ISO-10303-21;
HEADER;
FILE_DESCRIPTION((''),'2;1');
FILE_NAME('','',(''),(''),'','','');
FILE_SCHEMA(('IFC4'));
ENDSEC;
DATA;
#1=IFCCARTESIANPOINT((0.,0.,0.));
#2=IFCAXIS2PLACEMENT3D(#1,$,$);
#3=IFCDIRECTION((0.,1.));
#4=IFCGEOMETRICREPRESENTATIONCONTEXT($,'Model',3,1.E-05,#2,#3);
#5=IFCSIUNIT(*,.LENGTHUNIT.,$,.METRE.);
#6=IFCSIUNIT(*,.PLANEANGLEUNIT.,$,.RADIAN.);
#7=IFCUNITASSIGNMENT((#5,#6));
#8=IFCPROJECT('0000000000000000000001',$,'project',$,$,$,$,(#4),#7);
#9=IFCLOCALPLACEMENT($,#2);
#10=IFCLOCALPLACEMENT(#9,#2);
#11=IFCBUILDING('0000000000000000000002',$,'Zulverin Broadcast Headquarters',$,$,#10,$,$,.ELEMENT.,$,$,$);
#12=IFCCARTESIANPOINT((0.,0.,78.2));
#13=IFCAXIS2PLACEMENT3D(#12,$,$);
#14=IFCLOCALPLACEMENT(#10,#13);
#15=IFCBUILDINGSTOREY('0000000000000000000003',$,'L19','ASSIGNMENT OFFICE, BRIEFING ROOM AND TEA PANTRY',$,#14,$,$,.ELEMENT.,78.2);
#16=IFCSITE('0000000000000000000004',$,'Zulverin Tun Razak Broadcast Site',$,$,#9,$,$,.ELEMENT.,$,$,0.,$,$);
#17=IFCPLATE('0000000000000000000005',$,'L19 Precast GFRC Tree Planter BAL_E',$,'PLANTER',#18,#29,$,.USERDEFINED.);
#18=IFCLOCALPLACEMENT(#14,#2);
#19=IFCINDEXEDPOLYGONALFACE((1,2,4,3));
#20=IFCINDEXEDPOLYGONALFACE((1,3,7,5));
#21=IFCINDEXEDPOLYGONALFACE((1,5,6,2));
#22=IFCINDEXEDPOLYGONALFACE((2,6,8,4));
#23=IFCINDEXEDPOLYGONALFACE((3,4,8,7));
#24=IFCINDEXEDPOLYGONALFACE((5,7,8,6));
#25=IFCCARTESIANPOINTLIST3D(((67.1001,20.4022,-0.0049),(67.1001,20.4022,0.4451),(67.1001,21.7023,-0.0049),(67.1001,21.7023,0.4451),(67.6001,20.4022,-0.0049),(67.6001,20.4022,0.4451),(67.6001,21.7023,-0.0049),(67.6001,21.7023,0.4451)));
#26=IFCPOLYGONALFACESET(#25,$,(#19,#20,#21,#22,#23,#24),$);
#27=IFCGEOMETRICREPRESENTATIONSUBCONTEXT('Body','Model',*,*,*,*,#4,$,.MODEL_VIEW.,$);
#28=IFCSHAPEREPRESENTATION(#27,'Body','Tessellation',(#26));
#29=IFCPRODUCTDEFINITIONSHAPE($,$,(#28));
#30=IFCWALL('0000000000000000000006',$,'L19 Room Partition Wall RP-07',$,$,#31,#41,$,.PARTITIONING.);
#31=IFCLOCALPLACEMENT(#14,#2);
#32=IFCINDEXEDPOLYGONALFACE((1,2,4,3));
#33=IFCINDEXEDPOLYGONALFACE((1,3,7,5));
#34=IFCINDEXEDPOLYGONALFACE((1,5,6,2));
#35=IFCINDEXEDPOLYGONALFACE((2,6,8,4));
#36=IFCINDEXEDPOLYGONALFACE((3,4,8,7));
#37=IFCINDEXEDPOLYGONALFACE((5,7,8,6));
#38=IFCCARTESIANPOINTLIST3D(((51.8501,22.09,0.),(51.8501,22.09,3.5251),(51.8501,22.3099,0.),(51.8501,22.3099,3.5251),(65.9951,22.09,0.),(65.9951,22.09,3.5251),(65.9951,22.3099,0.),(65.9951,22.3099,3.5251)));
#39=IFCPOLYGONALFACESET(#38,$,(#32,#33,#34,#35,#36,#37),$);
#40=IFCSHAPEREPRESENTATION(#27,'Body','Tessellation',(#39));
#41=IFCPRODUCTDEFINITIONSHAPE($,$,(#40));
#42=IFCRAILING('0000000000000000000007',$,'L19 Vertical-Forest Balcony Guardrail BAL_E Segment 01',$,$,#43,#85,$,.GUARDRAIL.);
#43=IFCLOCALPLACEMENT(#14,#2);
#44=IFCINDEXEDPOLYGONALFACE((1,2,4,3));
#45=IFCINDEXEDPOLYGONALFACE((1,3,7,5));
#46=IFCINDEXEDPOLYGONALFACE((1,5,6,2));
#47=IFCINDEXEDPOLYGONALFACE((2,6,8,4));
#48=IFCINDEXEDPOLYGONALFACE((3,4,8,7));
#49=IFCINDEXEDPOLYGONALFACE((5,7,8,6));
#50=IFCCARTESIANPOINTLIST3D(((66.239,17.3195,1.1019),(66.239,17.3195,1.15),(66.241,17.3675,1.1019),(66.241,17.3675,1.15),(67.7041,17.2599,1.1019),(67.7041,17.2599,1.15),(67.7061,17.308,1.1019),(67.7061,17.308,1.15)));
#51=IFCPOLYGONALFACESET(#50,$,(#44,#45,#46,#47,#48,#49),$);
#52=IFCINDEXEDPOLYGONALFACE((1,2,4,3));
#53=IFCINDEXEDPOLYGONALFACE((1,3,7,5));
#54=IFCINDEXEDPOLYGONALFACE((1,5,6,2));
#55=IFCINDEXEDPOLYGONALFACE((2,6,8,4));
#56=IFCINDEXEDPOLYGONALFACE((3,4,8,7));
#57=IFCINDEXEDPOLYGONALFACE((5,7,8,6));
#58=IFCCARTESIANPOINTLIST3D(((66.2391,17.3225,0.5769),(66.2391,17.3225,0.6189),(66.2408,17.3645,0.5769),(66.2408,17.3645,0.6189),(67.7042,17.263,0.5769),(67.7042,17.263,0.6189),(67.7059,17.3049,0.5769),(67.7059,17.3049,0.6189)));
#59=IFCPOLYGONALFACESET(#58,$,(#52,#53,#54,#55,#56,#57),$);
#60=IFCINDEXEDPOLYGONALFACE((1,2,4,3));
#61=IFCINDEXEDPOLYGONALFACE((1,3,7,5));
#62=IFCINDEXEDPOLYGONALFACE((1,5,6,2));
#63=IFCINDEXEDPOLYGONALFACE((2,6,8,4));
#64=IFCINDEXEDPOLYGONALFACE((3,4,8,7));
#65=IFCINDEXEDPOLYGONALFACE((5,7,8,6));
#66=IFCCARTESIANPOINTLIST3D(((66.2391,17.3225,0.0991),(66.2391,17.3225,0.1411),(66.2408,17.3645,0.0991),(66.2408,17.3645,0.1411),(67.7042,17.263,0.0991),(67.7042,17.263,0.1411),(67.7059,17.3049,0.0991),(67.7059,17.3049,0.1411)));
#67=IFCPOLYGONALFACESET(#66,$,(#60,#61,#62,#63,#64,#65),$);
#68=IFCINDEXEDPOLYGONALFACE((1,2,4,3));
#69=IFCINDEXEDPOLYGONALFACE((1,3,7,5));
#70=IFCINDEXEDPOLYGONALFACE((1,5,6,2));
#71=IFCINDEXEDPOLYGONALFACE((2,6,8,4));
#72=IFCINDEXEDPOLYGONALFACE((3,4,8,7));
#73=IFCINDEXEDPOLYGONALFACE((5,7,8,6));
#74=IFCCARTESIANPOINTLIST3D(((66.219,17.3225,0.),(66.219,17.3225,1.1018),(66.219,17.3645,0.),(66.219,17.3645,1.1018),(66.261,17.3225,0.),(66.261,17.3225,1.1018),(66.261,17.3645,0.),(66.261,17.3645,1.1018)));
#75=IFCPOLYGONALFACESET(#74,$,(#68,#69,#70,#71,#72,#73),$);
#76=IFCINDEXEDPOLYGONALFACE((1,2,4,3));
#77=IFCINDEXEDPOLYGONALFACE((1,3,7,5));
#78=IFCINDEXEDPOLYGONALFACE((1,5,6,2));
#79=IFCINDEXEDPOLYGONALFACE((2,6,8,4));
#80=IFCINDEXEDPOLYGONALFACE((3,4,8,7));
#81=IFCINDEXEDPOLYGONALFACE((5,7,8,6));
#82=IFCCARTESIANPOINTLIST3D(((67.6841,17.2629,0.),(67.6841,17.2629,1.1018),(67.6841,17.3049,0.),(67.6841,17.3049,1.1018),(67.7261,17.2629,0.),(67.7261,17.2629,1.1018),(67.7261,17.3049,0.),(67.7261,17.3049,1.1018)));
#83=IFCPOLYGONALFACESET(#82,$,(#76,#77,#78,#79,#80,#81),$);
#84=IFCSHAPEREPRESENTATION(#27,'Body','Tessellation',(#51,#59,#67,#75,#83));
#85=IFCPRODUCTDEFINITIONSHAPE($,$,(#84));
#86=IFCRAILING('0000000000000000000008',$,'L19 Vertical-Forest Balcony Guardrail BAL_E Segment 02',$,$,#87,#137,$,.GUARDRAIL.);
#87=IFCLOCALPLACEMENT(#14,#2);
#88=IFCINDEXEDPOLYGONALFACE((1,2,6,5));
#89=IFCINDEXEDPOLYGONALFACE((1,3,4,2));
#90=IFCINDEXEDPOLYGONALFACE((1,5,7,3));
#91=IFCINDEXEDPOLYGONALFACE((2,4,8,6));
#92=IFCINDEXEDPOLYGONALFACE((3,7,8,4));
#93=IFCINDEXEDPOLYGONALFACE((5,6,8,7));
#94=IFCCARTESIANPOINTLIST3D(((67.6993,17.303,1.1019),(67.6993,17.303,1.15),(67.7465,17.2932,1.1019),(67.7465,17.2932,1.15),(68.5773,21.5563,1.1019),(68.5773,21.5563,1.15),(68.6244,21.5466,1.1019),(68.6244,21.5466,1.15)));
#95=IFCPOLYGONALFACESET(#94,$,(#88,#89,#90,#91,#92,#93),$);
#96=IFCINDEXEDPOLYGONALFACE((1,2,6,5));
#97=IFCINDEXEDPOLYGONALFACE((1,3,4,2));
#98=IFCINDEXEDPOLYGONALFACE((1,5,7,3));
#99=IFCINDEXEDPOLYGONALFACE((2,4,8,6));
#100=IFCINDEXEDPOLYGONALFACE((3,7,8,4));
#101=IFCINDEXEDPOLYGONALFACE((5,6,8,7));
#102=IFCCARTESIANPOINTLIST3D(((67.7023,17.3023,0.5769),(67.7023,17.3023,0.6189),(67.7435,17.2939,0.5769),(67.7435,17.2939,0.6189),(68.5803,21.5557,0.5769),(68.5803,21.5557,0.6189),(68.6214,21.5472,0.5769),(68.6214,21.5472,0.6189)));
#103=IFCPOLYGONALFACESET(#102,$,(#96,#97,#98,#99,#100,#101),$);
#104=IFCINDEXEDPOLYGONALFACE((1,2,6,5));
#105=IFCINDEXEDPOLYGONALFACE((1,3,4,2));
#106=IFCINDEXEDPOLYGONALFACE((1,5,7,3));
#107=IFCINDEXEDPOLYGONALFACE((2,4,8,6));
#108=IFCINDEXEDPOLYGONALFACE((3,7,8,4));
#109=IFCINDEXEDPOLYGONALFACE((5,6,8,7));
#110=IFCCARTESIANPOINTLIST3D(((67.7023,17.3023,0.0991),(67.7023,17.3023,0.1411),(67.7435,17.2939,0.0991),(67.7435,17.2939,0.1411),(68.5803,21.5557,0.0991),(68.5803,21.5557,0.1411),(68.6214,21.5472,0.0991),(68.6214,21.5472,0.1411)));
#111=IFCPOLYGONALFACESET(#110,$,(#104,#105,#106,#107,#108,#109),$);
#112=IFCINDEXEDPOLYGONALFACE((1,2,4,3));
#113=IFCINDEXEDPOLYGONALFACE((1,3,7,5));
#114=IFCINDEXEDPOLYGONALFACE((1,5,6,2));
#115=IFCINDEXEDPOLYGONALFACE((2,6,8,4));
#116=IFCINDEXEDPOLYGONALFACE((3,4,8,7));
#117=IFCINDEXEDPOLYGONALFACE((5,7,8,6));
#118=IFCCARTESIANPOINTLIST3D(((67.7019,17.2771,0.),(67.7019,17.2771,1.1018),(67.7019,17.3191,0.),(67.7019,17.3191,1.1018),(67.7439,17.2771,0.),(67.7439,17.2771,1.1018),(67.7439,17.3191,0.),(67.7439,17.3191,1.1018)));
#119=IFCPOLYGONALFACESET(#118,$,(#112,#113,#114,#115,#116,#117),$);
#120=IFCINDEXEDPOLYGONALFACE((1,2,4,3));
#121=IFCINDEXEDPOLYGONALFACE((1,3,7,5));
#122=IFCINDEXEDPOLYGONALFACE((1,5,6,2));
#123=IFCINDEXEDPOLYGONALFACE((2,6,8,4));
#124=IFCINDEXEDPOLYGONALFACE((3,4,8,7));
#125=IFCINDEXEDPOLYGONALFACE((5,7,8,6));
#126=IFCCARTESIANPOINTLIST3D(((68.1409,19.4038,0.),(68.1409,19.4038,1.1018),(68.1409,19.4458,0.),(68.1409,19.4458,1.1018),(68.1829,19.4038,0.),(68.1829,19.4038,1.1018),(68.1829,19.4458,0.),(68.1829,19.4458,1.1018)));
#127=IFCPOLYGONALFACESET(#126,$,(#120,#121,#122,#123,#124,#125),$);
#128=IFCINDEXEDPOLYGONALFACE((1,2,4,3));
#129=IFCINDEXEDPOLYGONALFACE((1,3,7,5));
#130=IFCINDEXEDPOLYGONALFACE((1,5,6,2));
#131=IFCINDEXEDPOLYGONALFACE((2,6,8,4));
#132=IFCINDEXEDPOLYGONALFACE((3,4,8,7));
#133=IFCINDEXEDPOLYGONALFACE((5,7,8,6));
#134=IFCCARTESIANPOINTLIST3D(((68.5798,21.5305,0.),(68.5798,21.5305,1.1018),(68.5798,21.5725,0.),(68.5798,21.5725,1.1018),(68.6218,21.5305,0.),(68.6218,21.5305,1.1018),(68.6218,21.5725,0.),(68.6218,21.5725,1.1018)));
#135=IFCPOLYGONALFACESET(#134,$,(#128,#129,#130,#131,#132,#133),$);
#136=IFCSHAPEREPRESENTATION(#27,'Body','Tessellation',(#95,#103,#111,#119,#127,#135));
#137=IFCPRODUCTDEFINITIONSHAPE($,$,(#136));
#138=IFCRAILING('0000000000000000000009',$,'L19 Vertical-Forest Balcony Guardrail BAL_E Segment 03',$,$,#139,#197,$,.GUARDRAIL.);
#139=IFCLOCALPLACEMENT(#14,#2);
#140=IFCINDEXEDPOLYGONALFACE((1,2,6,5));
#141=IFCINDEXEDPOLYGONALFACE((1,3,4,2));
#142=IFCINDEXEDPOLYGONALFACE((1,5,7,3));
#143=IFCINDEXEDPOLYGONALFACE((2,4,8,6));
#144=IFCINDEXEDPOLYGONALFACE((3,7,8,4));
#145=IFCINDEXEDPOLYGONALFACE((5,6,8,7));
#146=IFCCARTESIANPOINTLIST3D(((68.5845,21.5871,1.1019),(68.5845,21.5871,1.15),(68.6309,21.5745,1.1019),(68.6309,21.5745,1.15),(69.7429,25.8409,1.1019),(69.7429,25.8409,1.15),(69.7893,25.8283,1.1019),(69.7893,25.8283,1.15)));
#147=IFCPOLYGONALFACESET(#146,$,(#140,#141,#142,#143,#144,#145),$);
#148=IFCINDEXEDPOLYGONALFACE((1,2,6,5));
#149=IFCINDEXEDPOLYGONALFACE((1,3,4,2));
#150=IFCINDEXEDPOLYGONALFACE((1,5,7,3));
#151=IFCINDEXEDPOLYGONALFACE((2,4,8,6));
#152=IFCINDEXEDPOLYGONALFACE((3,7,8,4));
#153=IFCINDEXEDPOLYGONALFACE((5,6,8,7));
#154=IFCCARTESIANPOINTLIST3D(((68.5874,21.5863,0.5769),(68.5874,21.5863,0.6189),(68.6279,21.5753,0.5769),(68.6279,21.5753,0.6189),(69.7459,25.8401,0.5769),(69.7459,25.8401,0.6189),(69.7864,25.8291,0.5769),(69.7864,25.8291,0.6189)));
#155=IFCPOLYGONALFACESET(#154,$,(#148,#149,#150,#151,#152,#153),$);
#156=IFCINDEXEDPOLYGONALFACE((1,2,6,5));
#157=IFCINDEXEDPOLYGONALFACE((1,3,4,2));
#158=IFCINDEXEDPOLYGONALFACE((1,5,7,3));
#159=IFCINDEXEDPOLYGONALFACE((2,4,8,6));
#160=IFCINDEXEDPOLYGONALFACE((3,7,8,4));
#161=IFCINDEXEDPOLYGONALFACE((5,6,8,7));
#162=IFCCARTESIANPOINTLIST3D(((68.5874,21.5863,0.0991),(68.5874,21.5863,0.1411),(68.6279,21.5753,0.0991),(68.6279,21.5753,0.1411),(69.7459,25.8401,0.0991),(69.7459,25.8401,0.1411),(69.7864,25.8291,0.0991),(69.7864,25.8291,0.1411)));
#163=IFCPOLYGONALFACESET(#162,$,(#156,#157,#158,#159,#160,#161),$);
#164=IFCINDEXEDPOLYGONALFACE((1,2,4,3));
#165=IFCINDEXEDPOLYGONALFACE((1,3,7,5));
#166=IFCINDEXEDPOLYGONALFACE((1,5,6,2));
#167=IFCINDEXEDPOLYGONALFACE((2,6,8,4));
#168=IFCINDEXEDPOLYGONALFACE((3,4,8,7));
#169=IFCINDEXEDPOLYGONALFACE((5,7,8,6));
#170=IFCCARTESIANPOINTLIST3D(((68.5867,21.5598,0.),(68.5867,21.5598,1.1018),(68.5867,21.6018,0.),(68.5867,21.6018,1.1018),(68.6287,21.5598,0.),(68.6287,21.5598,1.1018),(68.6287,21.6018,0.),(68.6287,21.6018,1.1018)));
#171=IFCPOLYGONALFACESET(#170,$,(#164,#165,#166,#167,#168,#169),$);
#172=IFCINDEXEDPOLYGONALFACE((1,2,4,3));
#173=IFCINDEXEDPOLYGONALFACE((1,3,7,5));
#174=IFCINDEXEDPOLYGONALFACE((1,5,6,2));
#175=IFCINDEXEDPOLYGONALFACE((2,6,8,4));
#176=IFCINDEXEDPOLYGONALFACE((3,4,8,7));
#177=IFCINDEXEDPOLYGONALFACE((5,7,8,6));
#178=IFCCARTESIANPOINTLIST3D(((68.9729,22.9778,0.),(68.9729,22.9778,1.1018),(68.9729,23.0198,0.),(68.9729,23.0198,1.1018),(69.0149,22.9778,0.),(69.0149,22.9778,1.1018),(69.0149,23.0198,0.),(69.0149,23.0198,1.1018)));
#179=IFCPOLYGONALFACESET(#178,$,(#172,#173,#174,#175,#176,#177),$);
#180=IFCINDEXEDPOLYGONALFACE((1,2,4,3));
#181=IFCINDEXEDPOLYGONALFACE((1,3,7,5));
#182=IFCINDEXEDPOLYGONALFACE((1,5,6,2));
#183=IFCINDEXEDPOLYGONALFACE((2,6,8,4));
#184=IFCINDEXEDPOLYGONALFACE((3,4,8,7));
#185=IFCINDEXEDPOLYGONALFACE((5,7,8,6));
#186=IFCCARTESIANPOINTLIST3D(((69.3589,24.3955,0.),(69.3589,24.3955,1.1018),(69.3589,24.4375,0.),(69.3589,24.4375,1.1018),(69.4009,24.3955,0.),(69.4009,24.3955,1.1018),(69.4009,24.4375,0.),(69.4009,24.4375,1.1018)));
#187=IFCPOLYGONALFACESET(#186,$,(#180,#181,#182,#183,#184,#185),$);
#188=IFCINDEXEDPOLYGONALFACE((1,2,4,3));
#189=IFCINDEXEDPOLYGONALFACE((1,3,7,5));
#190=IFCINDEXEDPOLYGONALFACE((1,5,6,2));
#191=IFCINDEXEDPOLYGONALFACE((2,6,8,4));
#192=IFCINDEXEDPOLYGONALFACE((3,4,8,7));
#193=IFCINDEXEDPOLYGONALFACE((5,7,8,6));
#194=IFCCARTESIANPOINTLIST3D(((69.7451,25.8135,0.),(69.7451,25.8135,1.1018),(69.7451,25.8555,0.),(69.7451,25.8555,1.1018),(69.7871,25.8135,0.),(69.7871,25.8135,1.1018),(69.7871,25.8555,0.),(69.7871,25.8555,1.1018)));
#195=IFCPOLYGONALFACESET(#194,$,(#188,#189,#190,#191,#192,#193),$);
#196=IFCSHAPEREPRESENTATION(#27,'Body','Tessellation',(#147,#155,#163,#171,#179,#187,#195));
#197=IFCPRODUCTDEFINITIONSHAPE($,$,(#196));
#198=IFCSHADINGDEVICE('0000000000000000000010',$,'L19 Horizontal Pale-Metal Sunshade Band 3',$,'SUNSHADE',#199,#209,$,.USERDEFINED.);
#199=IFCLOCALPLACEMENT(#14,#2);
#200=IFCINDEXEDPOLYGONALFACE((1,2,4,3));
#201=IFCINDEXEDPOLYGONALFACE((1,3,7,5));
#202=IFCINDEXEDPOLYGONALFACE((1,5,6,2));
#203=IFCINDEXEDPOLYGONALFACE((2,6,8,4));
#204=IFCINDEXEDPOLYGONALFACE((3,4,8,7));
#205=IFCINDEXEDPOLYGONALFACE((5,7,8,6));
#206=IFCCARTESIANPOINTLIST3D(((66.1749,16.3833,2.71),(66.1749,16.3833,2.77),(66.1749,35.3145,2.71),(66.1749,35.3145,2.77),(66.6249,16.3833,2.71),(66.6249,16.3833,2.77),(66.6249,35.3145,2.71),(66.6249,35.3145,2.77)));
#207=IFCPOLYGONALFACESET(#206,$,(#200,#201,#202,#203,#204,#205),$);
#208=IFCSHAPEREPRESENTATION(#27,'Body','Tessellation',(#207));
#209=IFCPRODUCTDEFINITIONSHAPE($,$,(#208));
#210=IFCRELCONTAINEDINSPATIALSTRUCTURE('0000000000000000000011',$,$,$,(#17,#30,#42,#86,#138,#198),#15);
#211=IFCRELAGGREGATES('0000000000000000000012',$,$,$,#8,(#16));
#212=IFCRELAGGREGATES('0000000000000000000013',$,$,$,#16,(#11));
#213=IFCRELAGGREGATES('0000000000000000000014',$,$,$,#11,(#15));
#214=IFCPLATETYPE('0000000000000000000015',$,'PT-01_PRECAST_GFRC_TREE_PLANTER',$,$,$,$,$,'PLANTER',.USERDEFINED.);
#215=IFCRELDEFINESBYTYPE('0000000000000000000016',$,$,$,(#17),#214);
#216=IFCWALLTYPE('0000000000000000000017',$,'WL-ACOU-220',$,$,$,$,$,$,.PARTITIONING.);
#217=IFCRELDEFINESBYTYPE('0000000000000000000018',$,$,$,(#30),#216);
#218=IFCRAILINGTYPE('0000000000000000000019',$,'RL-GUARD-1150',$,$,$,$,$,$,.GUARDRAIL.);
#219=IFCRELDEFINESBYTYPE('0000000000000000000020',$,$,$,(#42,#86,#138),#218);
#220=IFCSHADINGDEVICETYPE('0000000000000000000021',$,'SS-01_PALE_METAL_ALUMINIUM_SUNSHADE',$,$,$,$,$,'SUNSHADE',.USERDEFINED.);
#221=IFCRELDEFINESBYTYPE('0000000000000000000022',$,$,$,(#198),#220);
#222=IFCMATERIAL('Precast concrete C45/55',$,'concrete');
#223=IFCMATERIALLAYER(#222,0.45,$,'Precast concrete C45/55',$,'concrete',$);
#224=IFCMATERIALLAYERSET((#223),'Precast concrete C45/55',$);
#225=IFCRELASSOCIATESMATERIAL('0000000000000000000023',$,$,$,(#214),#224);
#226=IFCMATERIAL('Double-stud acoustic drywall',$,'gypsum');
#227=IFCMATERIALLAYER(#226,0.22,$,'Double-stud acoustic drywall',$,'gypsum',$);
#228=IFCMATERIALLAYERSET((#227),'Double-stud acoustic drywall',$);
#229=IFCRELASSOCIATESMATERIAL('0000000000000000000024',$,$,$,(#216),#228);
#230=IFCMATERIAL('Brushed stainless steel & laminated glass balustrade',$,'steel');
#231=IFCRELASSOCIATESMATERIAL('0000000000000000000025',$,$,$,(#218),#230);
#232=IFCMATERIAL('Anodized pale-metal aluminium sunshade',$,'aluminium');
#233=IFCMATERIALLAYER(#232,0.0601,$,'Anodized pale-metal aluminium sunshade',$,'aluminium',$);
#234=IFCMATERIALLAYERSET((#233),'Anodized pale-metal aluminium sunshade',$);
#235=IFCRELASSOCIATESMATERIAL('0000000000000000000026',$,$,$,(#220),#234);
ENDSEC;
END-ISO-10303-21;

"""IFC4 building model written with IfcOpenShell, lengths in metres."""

from ifc_helpers import new_model, si_unit, direction, frame, frame_2d, origin, origin_2d, place, context, subcontext, project, spatial, rectangle, extrude, material, layer, layer_set, type_object, element, save


model = new_model("IFC4")

# Units and contexts
model_context = context("Model", 3, precision=1e-05, world=origin(), true_north=direction((0.0, 1.0)))
body_context = subcontext(model_context, "Body", "Model", "MODEL_VIEW")
ifc_project = project(units=[si_unit("LENGTHUNIT", "METRE"), si_unit("PLANEANGLEUNIT", "RADIAN")], contexts=[model_context])

# Site, building, storey
site_placement = place(None, origin())
site = spatial("IfcSite", under=ifc_project, at=site_placement, Name="Zulverin Tun Razak Broadcast Site", CompositionType="ELEMENT", RefElevation=0.0)
building_placement = place(site_placement, origin())
building = spatial("IfcBuilding", under=site, at=building_placement, Name="Zulverin Broadcast Headquarters", CompositionType="ELEMENT")
storey_placement = place(building_placement, frame((0.0, 0.0, 78.2)))
storey = spatial("IfcBuildingStorey", under=building, at=storey_placement, Name="L19", Description="ASSIGNMENT OFFICE, BRIEFING ROOM AND TEA PANTRY", CompositionType="ELEMENT", Elevation=78.2)

# Plate
ifc_material_1 = material(Name="Precast concrete C45/55", Category="concrete")
ifc_layer_1 = layer(ifc_material_1, 0.45, Name="Precast concrete C45/55", Category="concrete")
ifc_layer_set_1 = layer_set([ifc_layer_1], Name="Precast concrete C45/55")
plate_type = type_object("IfcPlateType", Name="PT-01_PRECAST_GFRC_TREE_PLANTER", ElementType="PLANTER", PredefinedType="USERDEFINED", material=ifc_layer_set_1)
plate_placement = place(storey_placement, frame((67.3501, 21.0522, -0.0049), z_axis=(0.0, 0.0, 1.0), x_axis=(0.0, 1.0, 0.0)))
element("IfcPlate", 1, at=plate_placement, inside=storey, type_object=plate_type, Name="L19 Precast GFRC Tree Planter BAL_E", ObjectType="PLANTER", PredefinedType="USERDEFINED", context=body_context, shape_type="SweptSolid", body=[
    extrude(rectangle(XDim=1.3, YDim=0.5, at=origin_2d()), origin(), (0.0, 0.0, 1.0), 0.45),
])

# Wall
ifc_material_2 = material(Name="Double-stud acoustic drywall", Category="gypsum")
ifc_layer_2 = layer(ifc_material_2, 0.22, Name="Double-stud acoustic drywall", Category="gypsum")
ifc_layer_set_2 = layer_set([ifc_layer_2], Name="Double-stud acoustic drywall")
wall_type_1 = type_object("IfcWallType", Name="WL-ACOU-220", PredefinedType="PARTITIONING", material=ifc_layer_set_2)
wall_1_placement = place(storey_placement, frame((51.8501, 22.2, 0.0), z_axis=(0.0, 0.0, 1.0), x_axis=(1.0, 0.0, 0.0)))
element("IfcWall", 2, at=wall_1_placement, inside=storey, type_object=wall_type_1, Name="L19 Room Partition Wall RP-07", PredefinedType="PARTITIONING", context=body_context, shape_type="SweptSolid", body=[
    extrude(rectangle(XDim=14.145, YDim=0.22, at=frame_2d((7.0725, 0.0))), origin(), (0.0, 0.0, 1.0), 3.5251),
])

# Railings
ifc_material_3 = material(Name="Brushed stainless steel & laminated glass balustrade", Category="steel")
railing_type = type_object("IfcRailingType", Name="RL-GUARD-1150", PredefinedType="GUARDRAIL", material=ifc_material_3)
railing_1_placement = place(storey_placement, frame((66.24, 17.3435, 0.0)))
element("IfcRailing", 3, at=railing_1_placement, inside=storey, type_object=railing_type, Name="L19 Vertical-Forest Balcony Guardrail BAL_E Segment 01", PredefinedType="GUARDRAIL", context=body_context, shape_type="SweptSolid", body=[
    extrude(rectangle(XDim=0.0481, YDim=0.0481, at=origin_2d()), frame((0.0, 0.0, 1.126), z_axis=(0.999174, -0.040626, 0.0), x_axis=(0.040626, 0.999174, 0.0)), (0.0, 0.0, 1.0), 1.4663),
    extrude(rectangle(XDim=0.042, YDim=0.042, at=origin_2d()), frame((0.0, 0.0, 0.5979), z_axis=(0.999174, -0.040626, 0.0), x_axis=(0.040626, 0.999174, 0.0)), (0.0, 0.0, 1.0), 1.4663),
    extrude(rectangle(XDim=0.042, YDim=0.042, at=origin_2d()), frame((0.0, 0.0, 0.1201), z_axis=(0.999174, -0.040626, 0.0), x_axis=(0.040626, 0.999174, 0.0)), (0.0, 0.0, 1.0), 1.4663),
    extrude(rectangle(XDim=0.042, YDim=0.042, at=origin_2d()), origin(), (0.0, 0.0, 1.0), 1.1018),
    extrude(rectangle(XDim=0.042, YDim=0.042, at=origin_2d()), frame((1.4651, -0.0596, 0.0)), (0.0, 0.0, 1.0), 1.1018),
])
railing_2_placement = place(storey_placement, frame((67.7229, 17.2981, 0.0)))
element("IfcRailing", 4, at=railing_2_placement, inside=storey, type_object=railing_type, Name="L19 Vertical-Forest Balcony Guardrail BAL_E Segment 02", PredefinedType="GUARDRAIL", context=body_context, shape_type="SweptSolid", body=[
    extrude(rectangle(XDim=0.0481, YDim=0.0481, at=origin_2d()), frame((0.0, 0.0, 1.126), z_axis=(0.202145, 0.979356, 0.0), x_axis=(-0.979356, 0.202145, 0.0)), (0.0, 0.0, 1.0), 4.343),
    extrude(rectangle(XDim=0.042, YDim=0.042, at=origin_2d()), frame((0.0, 0.0, 0.5979), z_axis=(0.202145, 0.979356, 0.0), x_axis=(-0.979356, 0.202145, 0.0)), (0.0, 0.0, 1.0), 4.343),
    extrude(rectangle(XDim=0.042, YDim=0.042, at=origin_2d()), frame((0.0, 0.0, 0.1201), z_axis=(0.202145, 0.979356, 0.0), x_axis=(-0.979356, 0.202145, 0.0)), (0.0, 0.0, 1.0), 4.343),
    extrude(rectangle(XDim=0.042, YDim=0.042, at=origin_2d()), origin(), (0.0, 0.0, 1.0), 1.1018),
    extrude(rectangle(XDim=0.042, YDim=0.042, at=origin_2d()), frame((0.439, 2.1267, 0.0)), (0.0, 0.0, 1.0), 1.1018),
    extrude(rectangle(XDim=0.042, YDim=0.042, at=origin_2d()), frame((0.8779, 4.2534, 0.0)), (0.0, 0.0, 1.0), 1.1018),
])
railing_3_placement = place(storey_placement, frame((68.6077, 21.5808, 0.0)))
element("IfcRailing", 5, at=railing_3_placement, inside=storey, type_object=railing_type, Name="L19 Vertical-Forest Balcony Guardrail BAL_E Segment 03", PredefinedType="GUARDRAIL", context=body_context, shape_type="SweptSolid", body=[
    extrude(rectangle(XDim=0.0481, YDim=0.0481, at=origin_2d()), frame((0.0, 0.0, 1.126), z_axis=(0.262771, 0.964858, 0.0), x_axis=(-0.964858, 0.262771, 0.0)), (0.0, 0.0, 1.0), 4.4087),
    extrude(rectangle(XDim=0.042, YDim=0.042, at=origin_2d()), frame((0.0, 0.0, 0.5979), z_axis=(0.262771, 0.964858, 0.0), x_axis=(-0.964858, 0.262771, 0.0)), (0.0, 0.0, 1.0), 4.4087),
    extrude(rectangle(XDim=0.042, YDim=0.042, at=origin_2d()), frame((0.0, 0.0, 0.1201), z_axis=(0.262771, 0.964858, 0.0), x_axis=(-0.964858, 0.262771, 0.0)), (0.0, 0.0, 1.0), 4.4087),
    extrude(rectangle(XDim=0.042, YDim=0.042, at=origin_2d()), origin(), (0.0, 0.0, 1.0), 1.1018),
    extrude(rectangle(XDim=0.042, YDim=0.042, at=origin_2d()), frame((0.3862, 1.418, 0.0)), (0.0, 0.0, 1.0), 1.1018),
    extrude(rectangle(XDim=0.042, YDim=0.042, at=origin_2d()), frame((0.7722, 2.8357, 0.0)), (0.0, 0.0, 1.0), 1.1018),
    extrude(rectangle(XDim=0.042, YDim=0.042, at=origin_2d()), frame((1.1584, 4.2537, 0.0)), (0.0, 0.0, 1.0), 1.1018),
])

# Shading device
ifc_material_4 = material(Name="Anodized pale-metal aluminium sunshade", Category="aluminium")
ifc_layer_3 = layer(ifc_material_4, 0.0601, Name="Anodized pale-metal aluminium sunshade", Category="aluminium")
ifc_layer_set_3 = layer_set([ifc_layer_3], Name="Anodized pale-metal aluminium sunshade")
shading_device_type = type_object("IfcShadingDeviceType", Name="SS-01_PALE_METAL_ALUMINIUM_SUNSHADE", ElementType="SUNSHADE", PredefinedType="USERDEFINED", material=ifc_layer_set_3)
shading_device_placement = place(storey_placement, frame((66.3999, 25.8489, 2.71), z_axis=(0.0, 0.0, 1.0), x_axis=(0.0, 1.0, 0.0)))
element("IfcShadingDevice", 6, at=shading_device_placement, inside=storey, type_object=shading_device_type, Name="L19 Horizontal Pale-Metal Sunshade Band 3", ObjectType="SUNSHADE", PredefinedType="USERDEFINED", context=body_context, shape_type="SweptSolid", body=[
    extrude(rectangle(XDim=18.9312, YDim=0.45, at=origin_2d()), origin(), (0.0, 0.0, 1.0), 0.0601),
])

save(model, "model.ifc")
